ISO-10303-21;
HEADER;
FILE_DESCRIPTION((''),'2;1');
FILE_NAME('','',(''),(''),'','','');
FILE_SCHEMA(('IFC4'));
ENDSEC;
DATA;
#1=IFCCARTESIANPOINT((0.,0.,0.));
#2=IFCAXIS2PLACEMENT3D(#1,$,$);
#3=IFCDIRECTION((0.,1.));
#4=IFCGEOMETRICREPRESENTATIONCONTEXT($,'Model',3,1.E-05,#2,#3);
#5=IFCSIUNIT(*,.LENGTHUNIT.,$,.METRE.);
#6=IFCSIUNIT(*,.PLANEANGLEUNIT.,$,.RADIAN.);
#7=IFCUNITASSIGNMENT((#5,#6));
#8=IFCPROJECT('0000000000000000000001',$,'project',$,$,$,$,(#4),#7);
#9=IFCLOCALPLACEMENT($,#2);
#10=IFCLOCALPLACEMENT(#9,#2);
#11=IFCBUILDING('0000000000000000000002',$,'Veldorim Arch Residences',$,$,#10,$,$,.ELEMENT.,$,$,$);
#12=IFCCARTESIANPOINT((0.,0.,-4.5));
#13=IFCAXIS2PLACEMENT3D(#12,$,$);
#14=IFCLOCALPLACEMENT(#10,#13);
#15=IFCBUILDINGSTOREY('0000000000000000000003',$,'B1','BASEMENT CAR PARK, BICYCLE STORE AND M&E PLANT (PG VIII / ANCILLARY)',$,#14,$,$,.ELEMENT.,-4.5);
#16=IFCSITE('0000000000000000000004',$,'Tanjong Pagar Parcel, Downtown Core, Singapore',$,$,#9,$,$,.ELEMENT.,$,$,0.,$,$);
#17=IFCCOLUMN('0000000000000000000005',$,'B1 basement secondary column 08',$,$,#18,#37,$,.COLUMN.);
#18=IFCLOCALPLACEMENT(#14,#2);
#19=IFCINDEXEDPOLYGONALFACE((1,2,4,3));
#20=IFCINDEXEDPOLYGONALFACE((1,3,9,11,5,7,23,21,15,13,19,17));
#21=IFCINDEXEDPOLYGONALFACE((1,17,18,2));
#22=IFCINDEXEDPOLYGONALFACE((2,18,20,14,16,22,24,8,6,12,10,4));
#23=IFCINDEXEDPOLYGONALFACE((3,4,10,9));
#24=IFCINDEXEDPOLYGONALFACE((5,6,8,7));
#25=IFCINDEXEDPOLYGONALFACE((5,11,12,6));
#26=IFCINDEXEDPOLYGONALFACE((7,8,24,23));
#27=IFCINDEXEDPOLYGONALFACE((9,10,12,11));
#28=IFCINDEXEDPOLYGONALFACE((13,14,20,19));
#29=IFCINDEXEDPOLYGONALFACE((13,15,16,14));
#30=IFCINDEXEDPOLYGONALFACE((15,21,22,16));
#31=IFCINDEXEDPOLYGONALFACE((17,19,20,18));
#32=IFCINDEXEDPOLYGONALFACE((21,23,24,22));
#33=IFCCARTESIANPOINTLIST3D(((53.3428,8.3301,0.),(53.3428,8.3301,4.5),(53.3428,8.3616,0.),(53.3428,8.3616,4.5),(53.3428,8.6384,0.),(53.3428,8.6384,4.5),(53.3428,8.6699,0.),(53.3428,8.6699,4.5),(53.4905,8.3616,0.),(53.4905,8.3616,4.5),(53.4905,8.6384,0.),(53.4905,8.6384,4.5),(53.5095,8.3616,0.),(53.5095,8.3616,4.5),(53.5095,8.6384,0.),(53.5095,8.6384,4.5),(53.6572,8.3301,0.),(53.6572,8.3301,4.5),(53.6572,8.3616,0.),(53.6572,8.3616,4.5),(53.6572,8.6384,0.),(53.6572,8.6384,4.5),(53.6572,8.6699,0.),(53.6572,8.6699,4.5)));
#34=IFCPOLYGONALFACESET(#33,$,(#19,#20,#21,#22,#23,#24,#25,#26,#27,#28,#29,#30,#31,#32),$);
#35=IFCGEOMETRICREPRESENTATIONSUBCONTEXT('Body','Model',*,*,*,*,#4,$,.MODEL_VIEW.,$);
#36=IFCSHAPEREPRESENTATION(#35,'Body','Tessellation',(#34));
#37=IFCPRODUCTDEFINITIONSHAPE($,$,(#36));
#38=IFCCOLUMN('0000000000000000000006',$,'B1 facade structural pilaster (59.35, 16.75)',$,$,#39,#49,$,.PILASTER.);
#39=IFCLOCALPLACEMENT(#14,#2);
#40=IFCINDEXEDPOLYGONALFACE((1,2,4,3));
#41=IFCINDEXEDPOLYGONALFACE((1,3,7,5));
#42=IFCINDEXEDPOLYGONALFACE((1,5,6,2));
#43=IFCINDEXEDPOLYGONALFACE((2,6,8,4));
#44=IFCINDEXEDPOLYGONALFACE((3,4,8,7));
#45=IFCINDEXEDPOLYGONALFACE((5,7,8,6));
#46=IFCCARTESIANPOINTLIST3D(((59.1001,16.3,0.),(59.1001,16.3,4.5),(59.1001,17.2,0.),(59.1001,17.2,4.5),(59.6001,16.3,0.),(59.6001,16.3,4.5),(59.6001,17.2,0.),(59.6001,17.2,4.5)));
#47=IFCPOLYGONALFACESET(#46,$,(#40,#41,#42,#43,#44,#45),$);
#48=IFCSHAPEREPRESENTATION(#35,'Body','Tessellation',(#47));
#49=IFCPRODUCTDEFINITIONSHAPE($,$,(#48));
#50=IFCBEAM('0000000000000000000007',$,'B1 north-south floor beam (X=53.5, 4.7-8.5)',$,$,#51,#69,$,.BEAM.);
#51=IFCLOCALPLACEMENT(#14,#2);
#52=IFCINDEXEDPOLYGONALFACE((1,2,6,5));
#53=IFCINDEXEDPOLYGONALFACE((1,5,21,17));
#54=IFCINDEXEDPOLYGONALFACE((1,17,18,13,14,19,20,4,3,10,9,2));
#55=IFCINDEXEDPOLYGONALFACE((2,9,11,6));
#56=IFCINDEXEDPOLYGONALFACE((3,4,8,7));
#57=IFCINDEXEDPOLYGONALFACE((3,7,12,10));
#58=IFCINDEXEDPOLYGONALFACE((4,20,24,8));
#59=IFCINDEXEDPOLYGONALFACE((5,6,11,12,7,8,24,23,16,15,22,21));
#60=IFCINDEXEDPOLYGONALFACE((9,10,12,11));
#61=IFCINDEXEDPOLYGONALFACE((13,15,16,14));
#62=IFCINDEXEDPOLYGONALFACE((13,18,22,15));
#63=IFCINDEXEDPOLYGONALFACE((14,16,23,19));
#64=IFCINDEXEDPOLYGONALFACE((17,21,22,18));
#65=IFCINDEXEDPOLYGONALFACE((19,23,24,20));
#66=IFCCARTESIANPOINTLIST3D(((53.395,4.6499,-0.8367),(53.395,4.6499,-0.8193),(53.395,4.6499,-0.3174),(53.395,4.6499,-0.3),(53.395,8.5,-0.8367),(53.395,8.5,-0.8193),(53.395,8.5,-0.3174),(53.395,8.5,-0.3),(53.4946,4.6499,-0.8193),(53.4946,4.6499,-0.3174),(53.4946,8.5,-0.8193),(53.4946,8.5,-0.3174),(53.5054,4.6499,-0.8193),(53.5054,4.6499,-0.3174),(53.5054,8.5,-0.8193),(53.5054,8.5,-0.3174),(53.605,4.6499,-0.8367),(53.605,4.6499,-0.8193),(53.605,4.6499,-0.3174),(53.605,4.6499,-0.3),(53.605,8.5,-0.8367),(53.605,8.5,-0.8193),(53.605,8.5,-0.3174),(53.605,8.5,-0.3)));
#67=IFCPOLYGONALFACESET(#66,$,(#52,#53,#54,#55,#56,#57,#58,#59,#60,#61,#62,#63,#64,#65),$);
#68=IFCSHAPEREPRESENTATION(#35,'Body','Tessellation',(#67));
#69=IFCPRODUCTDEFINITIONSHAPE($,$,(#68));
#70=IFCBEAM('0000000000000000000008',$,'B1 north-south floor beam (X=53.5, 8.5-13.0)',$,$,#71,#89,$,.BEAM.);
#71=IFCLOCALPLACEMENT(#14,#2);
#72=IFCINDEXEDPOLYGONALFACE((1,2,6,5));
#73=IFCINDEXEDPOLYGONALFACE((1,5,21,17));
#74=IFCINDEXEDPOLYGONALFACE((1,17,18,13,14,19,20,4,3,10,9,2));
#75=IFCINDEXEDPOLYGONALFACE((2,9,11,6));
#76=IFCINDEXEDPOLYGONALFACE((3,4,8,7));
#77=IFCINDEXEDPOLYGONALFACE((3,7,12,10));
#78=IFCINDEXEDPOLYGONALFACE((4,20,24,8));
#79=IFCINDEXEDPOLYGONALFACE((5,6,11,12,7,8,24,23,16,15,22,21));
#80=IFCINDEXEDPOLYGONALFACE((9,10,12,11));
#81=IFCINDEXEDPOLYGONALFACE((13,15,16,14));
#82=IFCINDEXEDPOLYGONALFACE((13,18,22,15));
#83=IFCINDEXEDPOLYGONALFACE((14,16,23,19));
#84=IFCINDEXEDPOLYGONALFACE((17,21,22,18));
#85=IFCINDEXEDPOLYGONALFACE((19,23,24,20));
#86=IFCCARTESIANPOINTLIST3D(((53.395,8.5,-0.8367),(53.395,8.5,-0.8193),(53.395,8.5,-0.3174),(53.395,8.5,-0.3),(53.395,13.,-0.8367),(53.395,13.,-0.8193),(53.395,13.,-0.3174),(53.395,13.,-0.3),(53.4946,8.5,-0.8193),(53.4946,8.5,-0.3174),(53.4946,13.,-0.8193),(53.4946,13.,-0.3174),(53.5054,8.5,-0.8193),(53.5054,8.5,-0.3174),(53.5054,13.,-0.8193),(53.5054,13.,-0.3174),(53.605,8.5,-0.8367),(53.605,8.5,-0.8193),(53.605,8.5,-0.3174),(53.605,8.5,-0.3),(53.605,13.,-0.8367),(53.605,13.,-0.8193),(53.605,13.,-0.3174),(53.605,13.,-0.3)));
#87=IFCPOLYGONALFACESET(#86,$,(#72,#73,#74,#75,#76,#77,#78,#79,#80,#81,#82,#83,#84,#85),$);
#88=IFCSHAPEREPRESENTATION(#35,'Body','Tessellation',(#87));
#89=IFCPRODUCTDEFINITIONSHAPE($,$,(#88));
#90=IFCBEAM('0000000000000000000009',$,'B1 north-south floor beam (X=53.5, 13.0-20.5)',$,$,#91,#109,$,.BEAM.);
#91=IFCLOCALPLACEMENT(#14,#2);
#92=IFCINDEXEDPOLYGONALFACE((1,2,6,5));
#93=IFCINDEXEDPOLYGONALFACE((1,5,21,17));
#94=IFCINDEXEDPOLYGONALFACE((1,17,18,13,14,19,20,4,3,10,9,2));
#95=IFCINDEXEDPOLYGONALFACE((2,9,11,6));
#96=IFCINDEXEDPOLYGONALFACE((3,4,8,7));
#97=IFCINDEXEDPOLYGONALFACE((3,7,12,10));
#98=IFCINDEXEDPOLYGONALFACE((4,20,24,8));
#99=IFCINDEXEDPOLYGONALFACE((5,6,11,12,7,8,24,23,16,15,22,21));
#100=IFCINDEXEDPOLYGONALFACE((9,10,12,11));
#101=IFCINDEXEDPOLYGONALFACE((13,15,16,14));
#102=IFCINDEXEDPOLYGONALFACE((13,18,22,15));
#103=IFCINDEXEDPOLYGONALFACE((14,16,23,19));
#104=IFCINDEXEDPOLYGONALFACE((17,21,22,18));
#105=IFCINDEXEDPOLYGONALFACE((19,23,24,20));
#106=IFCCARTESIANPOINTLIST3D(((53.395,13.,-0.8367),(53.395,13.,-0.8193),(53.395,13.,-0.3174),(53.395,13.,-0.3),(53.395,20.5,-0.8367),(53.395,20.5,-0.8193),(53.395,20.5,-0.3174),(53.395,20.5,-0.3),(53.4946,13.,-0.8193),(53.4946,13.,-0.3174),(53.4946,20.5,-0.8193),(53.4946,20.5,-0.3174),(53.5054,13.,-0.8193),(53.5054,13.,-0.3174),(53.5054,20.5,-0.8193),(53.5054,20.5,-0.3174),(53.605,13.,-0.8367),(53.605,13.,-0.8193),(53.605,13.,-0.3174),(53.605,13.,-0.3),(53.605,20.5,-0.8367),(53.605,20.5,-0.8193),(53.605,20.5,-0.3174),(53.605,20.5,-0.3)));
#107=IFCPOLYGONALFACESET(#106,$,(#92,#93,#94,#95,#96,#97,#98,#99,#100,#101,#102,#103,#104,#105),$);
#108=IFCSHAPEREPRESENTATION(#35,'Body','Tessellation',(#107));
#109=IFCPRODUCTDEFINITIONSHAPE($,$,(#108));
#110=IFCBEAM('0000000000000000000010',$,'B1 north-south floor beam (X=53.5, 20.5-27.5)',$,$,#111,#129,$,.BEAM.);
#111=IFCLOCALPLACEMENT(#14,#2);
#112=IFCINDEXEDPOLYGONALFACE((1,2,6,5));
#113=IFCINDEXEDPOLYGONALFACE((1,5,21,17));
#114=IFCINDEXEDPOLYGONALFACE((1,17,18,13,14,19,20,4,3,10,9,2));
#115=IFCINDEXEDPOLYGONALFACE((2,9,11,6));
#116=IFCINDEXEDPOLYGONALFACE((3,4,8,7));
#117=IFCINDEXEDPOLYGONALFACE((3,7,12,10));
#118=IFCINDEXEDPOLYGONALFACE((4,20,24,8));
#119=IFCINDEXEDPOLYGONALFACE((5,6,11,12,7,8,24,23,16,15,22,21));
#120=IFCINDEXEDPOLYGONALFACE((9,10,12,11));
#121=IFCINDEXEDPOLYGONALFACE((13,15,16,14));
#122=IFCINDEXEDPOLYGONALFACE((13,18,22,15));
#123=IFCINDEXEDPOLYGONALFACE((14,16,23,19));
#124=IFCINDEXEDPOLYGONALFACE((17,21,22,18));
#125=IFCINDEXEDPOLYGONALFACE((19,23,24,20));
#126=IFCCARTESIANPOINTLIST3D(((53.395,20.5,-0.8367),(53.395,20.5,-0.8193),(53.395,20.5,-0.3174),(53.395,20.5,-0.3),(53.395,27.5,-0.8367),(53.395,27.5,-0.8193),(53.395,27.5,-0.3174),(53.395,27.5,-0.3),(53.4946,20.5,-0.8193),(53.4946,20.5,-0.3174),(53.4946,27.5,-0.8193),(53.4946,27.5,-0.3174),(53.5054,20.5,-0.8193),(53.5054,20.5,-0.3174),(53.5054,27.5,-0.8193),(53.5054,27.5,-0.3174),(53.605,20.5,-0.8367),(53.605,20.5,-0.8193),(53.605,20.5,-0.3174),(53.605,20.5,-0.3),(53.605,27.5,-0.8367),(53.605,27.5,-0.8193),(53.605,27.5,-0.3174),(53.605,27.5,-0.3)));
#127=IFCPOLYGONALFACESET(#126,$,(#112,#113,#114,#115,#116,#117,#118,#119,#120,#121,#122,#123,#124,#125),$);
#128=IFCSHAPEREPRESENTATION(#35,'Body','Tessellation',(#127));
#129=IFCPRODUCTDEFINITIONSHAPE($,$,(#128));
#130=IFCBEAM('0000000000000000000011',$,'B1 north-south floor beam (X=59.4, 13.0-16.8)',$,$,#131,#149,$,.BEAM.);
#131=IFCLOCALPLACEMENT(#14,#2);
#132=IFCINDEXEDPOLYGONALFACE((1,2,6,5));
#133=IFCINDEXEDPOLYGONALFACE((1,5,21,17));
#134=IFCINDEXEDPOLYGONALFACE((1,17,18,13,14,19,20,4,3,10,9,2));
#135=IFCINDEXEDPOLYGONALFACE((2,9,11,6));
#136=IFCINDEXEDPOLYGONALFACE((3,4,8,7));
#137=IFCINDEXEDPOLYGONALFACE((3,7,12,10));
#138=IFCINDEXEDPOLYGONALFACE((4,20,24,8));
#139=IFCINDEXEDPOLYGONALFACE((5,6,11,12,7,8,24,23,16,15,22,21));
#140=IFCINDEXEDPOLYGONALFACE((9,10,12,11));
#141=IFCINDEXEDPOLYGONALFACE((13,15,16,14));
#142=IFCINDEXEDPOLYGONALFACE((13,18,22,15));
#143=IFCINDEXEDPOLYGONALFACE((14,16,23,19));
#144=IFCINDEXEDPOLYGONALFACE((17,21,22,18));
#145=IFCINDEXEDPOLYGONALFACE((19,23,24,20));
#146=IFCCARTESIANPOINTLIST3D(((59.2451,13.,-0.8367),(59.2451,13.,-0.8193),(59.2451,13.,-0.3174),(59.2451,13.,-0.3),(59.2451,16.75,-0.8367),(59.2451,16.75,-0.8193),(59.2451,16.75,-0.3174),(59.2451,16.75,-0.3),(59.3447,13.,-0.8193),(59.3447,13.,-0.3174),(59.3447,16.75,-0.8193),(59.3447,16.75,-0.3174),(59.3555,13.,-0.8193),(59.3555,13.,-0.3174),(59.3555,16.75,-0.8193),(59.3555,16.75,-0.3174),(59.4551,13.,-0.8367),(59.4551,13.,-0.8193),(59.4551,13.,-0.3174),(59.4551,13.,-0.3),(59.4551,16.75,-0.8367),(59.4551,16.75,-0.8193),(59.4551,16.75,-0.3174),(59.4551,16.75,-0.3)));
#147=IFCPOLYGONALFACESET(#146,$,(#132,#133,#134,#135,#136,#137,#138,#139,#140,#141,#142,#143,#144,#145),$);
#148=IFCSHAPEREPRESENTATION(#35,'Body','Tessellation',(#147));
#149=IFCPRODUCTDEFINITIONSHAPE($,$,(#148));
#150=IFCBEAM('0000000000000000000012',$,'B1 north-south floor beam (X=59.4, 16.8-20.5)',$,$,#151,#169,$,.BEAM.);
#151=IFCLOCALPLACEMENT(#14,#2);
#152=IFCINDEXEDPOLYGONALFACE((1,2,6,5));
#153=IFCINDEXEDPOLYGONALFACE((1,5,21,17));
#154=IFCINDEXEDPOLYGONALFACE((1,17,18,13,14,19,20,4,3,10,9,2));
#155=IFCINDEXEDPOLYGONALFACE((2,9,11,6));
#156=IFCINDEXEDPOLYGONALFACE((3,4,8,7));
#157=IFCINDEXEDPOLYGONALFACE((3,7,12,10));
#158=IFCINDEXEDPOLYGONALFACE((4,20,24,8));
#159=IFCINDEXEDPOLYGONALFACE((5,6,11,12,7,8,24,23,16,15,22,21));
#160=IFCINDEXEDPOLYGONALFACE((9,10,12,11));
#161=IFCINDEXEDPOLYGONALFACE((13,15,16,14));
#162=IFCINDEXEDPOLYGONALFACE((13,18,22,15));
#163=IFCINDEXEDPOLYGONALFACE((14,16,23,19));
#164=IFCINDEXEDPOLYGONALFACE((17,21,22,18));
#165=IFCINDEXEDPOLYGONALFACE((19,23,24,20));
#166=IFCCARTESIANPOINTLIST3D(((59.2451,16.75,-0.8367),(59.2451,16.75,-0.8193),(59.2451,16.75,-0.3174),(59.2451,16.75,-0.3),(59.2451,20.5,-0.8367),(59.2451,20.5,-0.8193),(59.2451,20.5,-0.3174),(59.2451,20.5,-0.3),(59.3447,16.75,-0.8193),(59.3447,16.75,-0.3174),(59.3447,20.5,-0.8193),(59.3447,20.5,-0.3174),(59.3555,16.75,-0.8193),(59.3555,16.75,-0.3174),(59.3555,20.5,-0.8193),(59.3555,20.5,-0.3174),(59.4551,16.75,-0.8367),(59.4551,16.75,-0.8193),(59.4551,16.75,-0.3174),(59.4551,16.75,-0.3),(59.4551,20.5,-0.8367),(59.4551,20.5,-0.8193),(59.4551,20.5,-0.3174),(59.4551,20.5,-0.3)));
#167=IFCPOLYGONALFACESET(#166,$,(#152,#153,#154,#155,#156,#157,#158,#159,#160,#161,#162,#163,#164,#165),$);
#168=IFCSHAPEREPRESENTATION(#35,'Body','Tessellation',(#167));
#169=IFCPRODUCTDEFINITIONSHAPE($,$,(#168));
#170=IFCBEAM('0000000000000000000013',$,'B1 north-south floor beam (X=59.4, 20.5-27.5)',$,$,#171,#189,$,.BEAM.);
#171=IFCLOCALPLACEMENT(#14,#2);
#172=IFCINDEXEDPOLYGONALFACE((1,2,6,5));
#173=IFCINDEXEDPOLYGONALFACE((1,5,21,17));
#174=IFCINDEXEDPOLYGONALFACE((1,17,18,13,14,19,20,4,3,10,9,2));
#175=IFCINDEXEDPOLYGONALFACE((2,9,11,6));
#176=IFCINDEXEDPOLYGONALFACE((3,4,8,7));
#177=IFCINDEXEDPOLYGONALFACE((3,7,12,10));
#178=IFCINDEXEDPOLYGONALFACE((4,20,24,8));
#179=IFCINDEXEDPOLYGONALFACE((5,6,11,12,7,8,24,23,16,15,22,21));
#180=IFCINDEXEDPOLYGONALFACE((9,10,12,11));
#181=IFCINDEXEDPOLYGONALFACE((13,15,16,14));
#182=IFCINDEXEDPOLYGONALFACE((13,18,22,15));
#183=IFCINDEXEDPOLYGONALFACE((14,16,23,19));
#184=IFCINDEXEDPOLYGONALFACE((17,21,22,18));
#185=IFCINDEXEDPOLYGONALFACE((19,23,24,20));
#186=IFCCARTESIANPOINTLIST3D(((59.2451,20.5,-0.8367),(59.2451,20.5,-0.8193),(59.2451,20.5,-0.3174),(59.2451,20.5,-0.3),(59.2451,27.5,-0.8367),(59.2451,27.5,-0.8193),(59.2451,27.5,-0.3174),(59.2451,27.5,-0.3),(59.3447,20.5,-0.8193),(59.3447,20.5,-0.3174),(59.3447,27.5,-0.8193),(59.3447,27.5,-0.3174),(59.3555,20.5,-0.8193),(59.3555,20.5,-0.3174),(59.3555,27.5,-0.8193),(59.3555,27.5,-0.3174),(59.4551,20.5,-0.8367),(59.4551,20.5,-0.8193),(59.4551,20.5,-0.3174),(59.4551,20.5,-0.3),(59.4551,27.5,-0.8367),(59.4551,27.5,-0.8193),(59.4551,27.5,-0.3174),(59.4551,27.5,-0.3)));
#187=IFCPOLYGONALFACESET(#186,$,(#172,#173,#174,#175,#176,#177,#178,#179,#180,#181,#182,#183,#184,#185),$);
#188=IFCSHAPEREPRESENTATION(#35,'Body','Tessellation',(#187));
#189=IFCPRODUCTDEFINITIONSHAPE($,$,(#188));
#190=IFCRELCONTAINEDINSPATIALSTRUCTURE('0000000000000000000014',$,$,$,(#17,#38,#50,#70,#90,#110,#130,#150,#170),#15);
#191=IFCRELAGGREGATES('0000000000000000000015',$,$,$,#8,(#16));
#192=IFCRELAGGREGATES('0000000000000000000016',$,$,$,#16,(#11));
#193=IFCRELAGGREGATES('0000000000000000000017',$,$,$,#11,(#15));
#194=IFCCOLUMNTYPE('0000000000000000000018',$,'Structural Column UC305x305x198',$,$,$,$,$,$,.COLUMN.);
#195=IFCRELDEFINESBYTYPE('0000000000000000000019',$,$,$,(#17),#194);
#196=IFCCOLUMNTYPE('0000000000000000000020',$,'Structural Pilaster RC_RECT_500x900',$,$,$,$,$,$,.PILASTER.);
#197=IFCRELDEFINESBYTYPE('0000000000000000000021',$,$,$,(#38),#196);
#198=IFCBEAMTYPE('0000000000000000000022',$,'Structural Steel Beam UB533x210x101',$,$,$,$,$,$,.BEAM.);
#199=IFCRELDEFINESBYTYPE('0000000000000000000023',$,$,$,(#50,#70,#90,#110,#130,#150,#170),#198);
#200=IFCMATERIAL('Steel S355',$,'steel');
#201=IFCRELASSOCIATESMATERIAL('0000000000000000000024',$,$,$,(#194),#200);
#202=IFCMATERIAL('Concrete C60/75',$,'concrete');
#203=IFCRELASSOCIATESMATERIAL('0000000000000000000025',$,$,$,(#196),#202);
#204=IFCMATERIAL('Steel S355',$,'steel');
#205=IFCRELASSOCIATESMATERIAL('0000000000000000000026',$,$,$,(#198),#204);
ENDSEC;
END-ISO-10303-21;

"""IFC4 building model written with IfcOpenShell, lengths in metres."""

from ifc_helpers import new_model, si_unit, direction, frame, origin, origin_2d, place, context, subcontext, project, spatial, rectangle, i_section, extrude, material, material_profile, profile_set, type_object, element, save


model = new_model("IFC4")

# Units and contexts
model_context = context("Model", 3, precision=1e-05, world=origin(), true_north=direction((0.0, 1.0)))
body_context = subcontext(model_context, "Body", "Model", "MODEL_VIEW")
ifc_project = project(units=[si_unit("LENGTHUNIT", "METRE"), si_unit("PLANEANGLEUNIT", "RADIAN")], contexts=[model_context])

# Site, building, storey
site_placement = place(None, origin())
site = spatial("IfcSite", under=ifc_project, at=site_placement, Name="Tanjong Pagar Parcel, Downtown Core, Singapore", CompositionType="ELEMENT", RefElevation=0.0)
building_placement = place(site_placement, origin())
building = spatial("IfcBuilding", under=site, at=building_placement, Name="Veldorim Arch Residences", CompositionType="ELEMENT")
storey_placement = place(building_placement, frame((0.0, 0.0, -4.5)))
storey = spatial("IfcBuildingStorey", under=building, at=storey_placement, Name="B1", Description="BASEMENT CAR PARK, BICYCLE STORE AND M&E PLANT (PG VIII / ANCILLARY)", CompositionType="ELEMENT", Elevation=-4.5)

# Columns
ifc_material_1 = material(Name="Steel S355", Category="steel")
ifc_material_profile_1 = material_profile(ifc_material_1, i_section(OverallWidth=0.3145, OverallDepth=0.3398, WebThickness=0.019, FlangeThickness=0.0315, at=origin_2d()), Name="UC305x305x198")
ifc_profile_set_1 = profile_set([ifc_material_profile_1], Name="Steel S355")
column_type_1 = type_object("IfcColumnType", Name="Structural Column UC305x305x198", PredefinedType="COLUMN", material=ifc_profile_set_1)
column_1_placement = place(storey_placement, frame((53.5, 8.5, 0.0), z_axis=(0.0, 0.0, 1.0), x_axis=(1.0, 0.0, 0.0)))
element("IfcColumn", 1, at=column_1_placement, inside=storey, type_object=column_type_1, Name="B1 basement secondary column 08", PredefinedType="COLUMN", context=body_context, shape_type="SweptSolid", body=[
    extrude(i_section(OverallWidth=0.3145, OverallDepth=0.3398, WebThickness=0.019, FlangeThickness=0.0315, at=origin_2d()), origin(), (0.0, 0.0, 1.0), 4.5),
])
ifc_material_2 = material(Name="Concrete C60/75", Category="concrete")
ifc_material_profile_2 = material_profile(ifc_material_2, rectangle(XDim=0.5, YDim=0.8999, at=origin_2d()), Name="RC_RECT_500x900")
ifc_profile_set_2 = profile_set([ifc_material_profile_2], Name="Concrete C60/75")
column_type_2 = type_object("IfcColumnType", Name="Structural Pilaster RC_RECT_500x900", PredefinedType="PILASTER", material=ifc_profile_set_2)
column_2_placement = place(storey_placement, frame((59.3501, 16.75, 0.0), z_axis=(0.0, 0.0, 1.0), x_axis=(1.0, 0.0, 0.0)))
element("IfcColumn", 2, at=column_2_placement, inside=storey, type_object=column_type_2, Name="B1 facade structural pilaster (59.35, 16.75)", PredefinedType="PILASTER", context=body_context, shape_type="SweptSolid", body=[
    extrude(rectangle(XDim=0.5, YDim=0.8999, at=origin_2d()), origin(), (0.0, 0.0, 1.0), 4.5),
])

# Beams
ifc_material_3 = material(Name="Steel S355", Category="steel")
ifc_material_profile_3 = material_profile(ifc_material_3, i_section(OverallWidth=0.21, OverallDepth=0.5366, WebThickness=0.0107, FlangeThickness=0.0173, at=origin_2d()), Name="UB533x210x101")
ifc_profile_set_3 = profile_set([ifc_material_profile_3], Name="Steel S355")
beam_type_1 = type_object("IfcBeamType", Name="Structural Steel Beam UB533x210x101", PredefinedType="BEAM", material=ifc_profile_set_3)
beam_1_placement = place(storey_placement, frame((53.5, 4.6499, -0.5684), z_axis=(0.0, 1.0, 0.0), x_axis=(-1.0, 0.0, 0.0)))
element("IfcBeam", 3, at=beam_1_placement, inside=storey, type_object=beam_type_1, Name="B1 north-south floor beam (X=53.5, 4.7-8.5)", PredefinedType="BEAM", context=body_context, shape_type="SweptSolid", body=[
    extrude(i_section(OverallWidth=0.21, OverallDepth=0.5366, WebThickness=0.0107, FlangeThickness=0.0173, at=origin_2d()), origin(), (0.0, 0.0, 1.0), 3.8501),
])
beam_2_placement = place(storey_placement, frame((53.5, 8.5, -0.5684), z_axis=(0.0, 1.0, 0.0), x_axis=(-1.0, 0.0, 0.0)))
element("IfcBeam", 4, at=beam_2_placement, inside=storey, type_object=beam_type_1, Name="B1 north-south floor beam (X=53.5, 8.5-13.0)", PredefinedType="BEAM", context=body_context, shape_type="SweptSolid", body=[
    extrude(i_section(OverallWidth=0.21, OverallDepth=0.5366, WebThickness=0.0107, FlangeThickness=0.0173, at=origin_2d()), origin(), (0.0, 0.0, 1.0), 4.5),
])
beam_3_placement = place(storey_placement, frame((53.5, 13.0, -0.5684), z_axis=(0.0, 1.0, 0.0), x_axis=(-1.0, 0.0, 0.0)))
element("IfcBeam", 5, at=beam_3_placement, inside=storey, type_object=beam_type_1, Name="B1 north-south floor beam (X=53.5, 13.0-20.5)", PredefinedType="BEAM", context=body_context, shape_type="SweptSolid", body=[
    extrude(i_section(OverallWidth=0.21, OverallDepth=0.5366, WebThickness=0.0107, FlangeThickness=0.0173, at=origin_2d()), origin(), (0.0, 0.0, 1.0), 7.5),
])
beam_4_placement = place(storey_placement, frame((53.5, 20.5, -0.5684), z_axis=(0.0, 1.0, 0.0), x_axis=(-1.0, 0.0, 0.0)))
element("IfcBeam", 6, at=beam_4_placement, inside=storey, type_object=beam_type_1, Name="B1 north-south floor beam (X=53.5, 20.5-27.5)", PredefinedType="BEAM", context=body_context, shape_type="SweptSolid", body=[
    extrude(i_section(OverallWidth=0.21, OverallDepth=0.5366, WebThickness=0.0107, FlangeThickness=0.0173, at=origin_2d()), origin(), (0.0, 0.0, 1.0), 7.0),
])
for number, where, z_axis, x_axis, name in (
    (7, (59.3501, 13.0, -0.5684), (0.0, 1.0, 0.0), (-1.0, 0.0, 0.0), "B1 north-south floor beam (X=59.4, 13.0-16.8)"),
    (8, (59.3501, 16.75, -0.5684), (0.0, 1.0, 0.0), (-1.0, 0.0, 0.0), "B1 north-south floor beam (X=59.4, 16.8-20.5)"),
):
    element("IfcBeam", number, at=place(storey_placement, frame(where, z_axis=z_axis, x_axis=x_axis)), inside=storey, type_object=beam_type_1, Name=name, PredefinedType="BEAM", context=body_context, shape_type="SweptSolid", body=[
        extrude(i_section(OverallWidth=0.21, OverallDepth=0.5366, WebThickness=0.0107, FlangeThickness=0.0173, at=origin_2d()), origin(), (0.0, 0.0, 1.0), 3.75),
    ])
beam_5_placement = place(storey_placement, frame((59.3501, 20.5, -0.5684), z_axis=(0.0, 1.0, 0.0), x_axis=(-1.0, 0.0, 0.0)))
element("IfcBeam", 9, at=beam_5_placement, inside=storey, type_object=beam_type_1, Name="B1 north-south floor beam (X=59.4, 20.5-27.5)", PredefinedType="BEAM", context=body_context, shape_type="SweptSolid", body=[
    extrude(i_section(OverallWidth=0.21, OverallDepth=0.5366, WebThickness=0.0107, FlangeThickness=0.0173, at=origin_2d()), origin(), (0.0, 0.0, 1.0), 7.0),
])

save(model, "model.ifc")
